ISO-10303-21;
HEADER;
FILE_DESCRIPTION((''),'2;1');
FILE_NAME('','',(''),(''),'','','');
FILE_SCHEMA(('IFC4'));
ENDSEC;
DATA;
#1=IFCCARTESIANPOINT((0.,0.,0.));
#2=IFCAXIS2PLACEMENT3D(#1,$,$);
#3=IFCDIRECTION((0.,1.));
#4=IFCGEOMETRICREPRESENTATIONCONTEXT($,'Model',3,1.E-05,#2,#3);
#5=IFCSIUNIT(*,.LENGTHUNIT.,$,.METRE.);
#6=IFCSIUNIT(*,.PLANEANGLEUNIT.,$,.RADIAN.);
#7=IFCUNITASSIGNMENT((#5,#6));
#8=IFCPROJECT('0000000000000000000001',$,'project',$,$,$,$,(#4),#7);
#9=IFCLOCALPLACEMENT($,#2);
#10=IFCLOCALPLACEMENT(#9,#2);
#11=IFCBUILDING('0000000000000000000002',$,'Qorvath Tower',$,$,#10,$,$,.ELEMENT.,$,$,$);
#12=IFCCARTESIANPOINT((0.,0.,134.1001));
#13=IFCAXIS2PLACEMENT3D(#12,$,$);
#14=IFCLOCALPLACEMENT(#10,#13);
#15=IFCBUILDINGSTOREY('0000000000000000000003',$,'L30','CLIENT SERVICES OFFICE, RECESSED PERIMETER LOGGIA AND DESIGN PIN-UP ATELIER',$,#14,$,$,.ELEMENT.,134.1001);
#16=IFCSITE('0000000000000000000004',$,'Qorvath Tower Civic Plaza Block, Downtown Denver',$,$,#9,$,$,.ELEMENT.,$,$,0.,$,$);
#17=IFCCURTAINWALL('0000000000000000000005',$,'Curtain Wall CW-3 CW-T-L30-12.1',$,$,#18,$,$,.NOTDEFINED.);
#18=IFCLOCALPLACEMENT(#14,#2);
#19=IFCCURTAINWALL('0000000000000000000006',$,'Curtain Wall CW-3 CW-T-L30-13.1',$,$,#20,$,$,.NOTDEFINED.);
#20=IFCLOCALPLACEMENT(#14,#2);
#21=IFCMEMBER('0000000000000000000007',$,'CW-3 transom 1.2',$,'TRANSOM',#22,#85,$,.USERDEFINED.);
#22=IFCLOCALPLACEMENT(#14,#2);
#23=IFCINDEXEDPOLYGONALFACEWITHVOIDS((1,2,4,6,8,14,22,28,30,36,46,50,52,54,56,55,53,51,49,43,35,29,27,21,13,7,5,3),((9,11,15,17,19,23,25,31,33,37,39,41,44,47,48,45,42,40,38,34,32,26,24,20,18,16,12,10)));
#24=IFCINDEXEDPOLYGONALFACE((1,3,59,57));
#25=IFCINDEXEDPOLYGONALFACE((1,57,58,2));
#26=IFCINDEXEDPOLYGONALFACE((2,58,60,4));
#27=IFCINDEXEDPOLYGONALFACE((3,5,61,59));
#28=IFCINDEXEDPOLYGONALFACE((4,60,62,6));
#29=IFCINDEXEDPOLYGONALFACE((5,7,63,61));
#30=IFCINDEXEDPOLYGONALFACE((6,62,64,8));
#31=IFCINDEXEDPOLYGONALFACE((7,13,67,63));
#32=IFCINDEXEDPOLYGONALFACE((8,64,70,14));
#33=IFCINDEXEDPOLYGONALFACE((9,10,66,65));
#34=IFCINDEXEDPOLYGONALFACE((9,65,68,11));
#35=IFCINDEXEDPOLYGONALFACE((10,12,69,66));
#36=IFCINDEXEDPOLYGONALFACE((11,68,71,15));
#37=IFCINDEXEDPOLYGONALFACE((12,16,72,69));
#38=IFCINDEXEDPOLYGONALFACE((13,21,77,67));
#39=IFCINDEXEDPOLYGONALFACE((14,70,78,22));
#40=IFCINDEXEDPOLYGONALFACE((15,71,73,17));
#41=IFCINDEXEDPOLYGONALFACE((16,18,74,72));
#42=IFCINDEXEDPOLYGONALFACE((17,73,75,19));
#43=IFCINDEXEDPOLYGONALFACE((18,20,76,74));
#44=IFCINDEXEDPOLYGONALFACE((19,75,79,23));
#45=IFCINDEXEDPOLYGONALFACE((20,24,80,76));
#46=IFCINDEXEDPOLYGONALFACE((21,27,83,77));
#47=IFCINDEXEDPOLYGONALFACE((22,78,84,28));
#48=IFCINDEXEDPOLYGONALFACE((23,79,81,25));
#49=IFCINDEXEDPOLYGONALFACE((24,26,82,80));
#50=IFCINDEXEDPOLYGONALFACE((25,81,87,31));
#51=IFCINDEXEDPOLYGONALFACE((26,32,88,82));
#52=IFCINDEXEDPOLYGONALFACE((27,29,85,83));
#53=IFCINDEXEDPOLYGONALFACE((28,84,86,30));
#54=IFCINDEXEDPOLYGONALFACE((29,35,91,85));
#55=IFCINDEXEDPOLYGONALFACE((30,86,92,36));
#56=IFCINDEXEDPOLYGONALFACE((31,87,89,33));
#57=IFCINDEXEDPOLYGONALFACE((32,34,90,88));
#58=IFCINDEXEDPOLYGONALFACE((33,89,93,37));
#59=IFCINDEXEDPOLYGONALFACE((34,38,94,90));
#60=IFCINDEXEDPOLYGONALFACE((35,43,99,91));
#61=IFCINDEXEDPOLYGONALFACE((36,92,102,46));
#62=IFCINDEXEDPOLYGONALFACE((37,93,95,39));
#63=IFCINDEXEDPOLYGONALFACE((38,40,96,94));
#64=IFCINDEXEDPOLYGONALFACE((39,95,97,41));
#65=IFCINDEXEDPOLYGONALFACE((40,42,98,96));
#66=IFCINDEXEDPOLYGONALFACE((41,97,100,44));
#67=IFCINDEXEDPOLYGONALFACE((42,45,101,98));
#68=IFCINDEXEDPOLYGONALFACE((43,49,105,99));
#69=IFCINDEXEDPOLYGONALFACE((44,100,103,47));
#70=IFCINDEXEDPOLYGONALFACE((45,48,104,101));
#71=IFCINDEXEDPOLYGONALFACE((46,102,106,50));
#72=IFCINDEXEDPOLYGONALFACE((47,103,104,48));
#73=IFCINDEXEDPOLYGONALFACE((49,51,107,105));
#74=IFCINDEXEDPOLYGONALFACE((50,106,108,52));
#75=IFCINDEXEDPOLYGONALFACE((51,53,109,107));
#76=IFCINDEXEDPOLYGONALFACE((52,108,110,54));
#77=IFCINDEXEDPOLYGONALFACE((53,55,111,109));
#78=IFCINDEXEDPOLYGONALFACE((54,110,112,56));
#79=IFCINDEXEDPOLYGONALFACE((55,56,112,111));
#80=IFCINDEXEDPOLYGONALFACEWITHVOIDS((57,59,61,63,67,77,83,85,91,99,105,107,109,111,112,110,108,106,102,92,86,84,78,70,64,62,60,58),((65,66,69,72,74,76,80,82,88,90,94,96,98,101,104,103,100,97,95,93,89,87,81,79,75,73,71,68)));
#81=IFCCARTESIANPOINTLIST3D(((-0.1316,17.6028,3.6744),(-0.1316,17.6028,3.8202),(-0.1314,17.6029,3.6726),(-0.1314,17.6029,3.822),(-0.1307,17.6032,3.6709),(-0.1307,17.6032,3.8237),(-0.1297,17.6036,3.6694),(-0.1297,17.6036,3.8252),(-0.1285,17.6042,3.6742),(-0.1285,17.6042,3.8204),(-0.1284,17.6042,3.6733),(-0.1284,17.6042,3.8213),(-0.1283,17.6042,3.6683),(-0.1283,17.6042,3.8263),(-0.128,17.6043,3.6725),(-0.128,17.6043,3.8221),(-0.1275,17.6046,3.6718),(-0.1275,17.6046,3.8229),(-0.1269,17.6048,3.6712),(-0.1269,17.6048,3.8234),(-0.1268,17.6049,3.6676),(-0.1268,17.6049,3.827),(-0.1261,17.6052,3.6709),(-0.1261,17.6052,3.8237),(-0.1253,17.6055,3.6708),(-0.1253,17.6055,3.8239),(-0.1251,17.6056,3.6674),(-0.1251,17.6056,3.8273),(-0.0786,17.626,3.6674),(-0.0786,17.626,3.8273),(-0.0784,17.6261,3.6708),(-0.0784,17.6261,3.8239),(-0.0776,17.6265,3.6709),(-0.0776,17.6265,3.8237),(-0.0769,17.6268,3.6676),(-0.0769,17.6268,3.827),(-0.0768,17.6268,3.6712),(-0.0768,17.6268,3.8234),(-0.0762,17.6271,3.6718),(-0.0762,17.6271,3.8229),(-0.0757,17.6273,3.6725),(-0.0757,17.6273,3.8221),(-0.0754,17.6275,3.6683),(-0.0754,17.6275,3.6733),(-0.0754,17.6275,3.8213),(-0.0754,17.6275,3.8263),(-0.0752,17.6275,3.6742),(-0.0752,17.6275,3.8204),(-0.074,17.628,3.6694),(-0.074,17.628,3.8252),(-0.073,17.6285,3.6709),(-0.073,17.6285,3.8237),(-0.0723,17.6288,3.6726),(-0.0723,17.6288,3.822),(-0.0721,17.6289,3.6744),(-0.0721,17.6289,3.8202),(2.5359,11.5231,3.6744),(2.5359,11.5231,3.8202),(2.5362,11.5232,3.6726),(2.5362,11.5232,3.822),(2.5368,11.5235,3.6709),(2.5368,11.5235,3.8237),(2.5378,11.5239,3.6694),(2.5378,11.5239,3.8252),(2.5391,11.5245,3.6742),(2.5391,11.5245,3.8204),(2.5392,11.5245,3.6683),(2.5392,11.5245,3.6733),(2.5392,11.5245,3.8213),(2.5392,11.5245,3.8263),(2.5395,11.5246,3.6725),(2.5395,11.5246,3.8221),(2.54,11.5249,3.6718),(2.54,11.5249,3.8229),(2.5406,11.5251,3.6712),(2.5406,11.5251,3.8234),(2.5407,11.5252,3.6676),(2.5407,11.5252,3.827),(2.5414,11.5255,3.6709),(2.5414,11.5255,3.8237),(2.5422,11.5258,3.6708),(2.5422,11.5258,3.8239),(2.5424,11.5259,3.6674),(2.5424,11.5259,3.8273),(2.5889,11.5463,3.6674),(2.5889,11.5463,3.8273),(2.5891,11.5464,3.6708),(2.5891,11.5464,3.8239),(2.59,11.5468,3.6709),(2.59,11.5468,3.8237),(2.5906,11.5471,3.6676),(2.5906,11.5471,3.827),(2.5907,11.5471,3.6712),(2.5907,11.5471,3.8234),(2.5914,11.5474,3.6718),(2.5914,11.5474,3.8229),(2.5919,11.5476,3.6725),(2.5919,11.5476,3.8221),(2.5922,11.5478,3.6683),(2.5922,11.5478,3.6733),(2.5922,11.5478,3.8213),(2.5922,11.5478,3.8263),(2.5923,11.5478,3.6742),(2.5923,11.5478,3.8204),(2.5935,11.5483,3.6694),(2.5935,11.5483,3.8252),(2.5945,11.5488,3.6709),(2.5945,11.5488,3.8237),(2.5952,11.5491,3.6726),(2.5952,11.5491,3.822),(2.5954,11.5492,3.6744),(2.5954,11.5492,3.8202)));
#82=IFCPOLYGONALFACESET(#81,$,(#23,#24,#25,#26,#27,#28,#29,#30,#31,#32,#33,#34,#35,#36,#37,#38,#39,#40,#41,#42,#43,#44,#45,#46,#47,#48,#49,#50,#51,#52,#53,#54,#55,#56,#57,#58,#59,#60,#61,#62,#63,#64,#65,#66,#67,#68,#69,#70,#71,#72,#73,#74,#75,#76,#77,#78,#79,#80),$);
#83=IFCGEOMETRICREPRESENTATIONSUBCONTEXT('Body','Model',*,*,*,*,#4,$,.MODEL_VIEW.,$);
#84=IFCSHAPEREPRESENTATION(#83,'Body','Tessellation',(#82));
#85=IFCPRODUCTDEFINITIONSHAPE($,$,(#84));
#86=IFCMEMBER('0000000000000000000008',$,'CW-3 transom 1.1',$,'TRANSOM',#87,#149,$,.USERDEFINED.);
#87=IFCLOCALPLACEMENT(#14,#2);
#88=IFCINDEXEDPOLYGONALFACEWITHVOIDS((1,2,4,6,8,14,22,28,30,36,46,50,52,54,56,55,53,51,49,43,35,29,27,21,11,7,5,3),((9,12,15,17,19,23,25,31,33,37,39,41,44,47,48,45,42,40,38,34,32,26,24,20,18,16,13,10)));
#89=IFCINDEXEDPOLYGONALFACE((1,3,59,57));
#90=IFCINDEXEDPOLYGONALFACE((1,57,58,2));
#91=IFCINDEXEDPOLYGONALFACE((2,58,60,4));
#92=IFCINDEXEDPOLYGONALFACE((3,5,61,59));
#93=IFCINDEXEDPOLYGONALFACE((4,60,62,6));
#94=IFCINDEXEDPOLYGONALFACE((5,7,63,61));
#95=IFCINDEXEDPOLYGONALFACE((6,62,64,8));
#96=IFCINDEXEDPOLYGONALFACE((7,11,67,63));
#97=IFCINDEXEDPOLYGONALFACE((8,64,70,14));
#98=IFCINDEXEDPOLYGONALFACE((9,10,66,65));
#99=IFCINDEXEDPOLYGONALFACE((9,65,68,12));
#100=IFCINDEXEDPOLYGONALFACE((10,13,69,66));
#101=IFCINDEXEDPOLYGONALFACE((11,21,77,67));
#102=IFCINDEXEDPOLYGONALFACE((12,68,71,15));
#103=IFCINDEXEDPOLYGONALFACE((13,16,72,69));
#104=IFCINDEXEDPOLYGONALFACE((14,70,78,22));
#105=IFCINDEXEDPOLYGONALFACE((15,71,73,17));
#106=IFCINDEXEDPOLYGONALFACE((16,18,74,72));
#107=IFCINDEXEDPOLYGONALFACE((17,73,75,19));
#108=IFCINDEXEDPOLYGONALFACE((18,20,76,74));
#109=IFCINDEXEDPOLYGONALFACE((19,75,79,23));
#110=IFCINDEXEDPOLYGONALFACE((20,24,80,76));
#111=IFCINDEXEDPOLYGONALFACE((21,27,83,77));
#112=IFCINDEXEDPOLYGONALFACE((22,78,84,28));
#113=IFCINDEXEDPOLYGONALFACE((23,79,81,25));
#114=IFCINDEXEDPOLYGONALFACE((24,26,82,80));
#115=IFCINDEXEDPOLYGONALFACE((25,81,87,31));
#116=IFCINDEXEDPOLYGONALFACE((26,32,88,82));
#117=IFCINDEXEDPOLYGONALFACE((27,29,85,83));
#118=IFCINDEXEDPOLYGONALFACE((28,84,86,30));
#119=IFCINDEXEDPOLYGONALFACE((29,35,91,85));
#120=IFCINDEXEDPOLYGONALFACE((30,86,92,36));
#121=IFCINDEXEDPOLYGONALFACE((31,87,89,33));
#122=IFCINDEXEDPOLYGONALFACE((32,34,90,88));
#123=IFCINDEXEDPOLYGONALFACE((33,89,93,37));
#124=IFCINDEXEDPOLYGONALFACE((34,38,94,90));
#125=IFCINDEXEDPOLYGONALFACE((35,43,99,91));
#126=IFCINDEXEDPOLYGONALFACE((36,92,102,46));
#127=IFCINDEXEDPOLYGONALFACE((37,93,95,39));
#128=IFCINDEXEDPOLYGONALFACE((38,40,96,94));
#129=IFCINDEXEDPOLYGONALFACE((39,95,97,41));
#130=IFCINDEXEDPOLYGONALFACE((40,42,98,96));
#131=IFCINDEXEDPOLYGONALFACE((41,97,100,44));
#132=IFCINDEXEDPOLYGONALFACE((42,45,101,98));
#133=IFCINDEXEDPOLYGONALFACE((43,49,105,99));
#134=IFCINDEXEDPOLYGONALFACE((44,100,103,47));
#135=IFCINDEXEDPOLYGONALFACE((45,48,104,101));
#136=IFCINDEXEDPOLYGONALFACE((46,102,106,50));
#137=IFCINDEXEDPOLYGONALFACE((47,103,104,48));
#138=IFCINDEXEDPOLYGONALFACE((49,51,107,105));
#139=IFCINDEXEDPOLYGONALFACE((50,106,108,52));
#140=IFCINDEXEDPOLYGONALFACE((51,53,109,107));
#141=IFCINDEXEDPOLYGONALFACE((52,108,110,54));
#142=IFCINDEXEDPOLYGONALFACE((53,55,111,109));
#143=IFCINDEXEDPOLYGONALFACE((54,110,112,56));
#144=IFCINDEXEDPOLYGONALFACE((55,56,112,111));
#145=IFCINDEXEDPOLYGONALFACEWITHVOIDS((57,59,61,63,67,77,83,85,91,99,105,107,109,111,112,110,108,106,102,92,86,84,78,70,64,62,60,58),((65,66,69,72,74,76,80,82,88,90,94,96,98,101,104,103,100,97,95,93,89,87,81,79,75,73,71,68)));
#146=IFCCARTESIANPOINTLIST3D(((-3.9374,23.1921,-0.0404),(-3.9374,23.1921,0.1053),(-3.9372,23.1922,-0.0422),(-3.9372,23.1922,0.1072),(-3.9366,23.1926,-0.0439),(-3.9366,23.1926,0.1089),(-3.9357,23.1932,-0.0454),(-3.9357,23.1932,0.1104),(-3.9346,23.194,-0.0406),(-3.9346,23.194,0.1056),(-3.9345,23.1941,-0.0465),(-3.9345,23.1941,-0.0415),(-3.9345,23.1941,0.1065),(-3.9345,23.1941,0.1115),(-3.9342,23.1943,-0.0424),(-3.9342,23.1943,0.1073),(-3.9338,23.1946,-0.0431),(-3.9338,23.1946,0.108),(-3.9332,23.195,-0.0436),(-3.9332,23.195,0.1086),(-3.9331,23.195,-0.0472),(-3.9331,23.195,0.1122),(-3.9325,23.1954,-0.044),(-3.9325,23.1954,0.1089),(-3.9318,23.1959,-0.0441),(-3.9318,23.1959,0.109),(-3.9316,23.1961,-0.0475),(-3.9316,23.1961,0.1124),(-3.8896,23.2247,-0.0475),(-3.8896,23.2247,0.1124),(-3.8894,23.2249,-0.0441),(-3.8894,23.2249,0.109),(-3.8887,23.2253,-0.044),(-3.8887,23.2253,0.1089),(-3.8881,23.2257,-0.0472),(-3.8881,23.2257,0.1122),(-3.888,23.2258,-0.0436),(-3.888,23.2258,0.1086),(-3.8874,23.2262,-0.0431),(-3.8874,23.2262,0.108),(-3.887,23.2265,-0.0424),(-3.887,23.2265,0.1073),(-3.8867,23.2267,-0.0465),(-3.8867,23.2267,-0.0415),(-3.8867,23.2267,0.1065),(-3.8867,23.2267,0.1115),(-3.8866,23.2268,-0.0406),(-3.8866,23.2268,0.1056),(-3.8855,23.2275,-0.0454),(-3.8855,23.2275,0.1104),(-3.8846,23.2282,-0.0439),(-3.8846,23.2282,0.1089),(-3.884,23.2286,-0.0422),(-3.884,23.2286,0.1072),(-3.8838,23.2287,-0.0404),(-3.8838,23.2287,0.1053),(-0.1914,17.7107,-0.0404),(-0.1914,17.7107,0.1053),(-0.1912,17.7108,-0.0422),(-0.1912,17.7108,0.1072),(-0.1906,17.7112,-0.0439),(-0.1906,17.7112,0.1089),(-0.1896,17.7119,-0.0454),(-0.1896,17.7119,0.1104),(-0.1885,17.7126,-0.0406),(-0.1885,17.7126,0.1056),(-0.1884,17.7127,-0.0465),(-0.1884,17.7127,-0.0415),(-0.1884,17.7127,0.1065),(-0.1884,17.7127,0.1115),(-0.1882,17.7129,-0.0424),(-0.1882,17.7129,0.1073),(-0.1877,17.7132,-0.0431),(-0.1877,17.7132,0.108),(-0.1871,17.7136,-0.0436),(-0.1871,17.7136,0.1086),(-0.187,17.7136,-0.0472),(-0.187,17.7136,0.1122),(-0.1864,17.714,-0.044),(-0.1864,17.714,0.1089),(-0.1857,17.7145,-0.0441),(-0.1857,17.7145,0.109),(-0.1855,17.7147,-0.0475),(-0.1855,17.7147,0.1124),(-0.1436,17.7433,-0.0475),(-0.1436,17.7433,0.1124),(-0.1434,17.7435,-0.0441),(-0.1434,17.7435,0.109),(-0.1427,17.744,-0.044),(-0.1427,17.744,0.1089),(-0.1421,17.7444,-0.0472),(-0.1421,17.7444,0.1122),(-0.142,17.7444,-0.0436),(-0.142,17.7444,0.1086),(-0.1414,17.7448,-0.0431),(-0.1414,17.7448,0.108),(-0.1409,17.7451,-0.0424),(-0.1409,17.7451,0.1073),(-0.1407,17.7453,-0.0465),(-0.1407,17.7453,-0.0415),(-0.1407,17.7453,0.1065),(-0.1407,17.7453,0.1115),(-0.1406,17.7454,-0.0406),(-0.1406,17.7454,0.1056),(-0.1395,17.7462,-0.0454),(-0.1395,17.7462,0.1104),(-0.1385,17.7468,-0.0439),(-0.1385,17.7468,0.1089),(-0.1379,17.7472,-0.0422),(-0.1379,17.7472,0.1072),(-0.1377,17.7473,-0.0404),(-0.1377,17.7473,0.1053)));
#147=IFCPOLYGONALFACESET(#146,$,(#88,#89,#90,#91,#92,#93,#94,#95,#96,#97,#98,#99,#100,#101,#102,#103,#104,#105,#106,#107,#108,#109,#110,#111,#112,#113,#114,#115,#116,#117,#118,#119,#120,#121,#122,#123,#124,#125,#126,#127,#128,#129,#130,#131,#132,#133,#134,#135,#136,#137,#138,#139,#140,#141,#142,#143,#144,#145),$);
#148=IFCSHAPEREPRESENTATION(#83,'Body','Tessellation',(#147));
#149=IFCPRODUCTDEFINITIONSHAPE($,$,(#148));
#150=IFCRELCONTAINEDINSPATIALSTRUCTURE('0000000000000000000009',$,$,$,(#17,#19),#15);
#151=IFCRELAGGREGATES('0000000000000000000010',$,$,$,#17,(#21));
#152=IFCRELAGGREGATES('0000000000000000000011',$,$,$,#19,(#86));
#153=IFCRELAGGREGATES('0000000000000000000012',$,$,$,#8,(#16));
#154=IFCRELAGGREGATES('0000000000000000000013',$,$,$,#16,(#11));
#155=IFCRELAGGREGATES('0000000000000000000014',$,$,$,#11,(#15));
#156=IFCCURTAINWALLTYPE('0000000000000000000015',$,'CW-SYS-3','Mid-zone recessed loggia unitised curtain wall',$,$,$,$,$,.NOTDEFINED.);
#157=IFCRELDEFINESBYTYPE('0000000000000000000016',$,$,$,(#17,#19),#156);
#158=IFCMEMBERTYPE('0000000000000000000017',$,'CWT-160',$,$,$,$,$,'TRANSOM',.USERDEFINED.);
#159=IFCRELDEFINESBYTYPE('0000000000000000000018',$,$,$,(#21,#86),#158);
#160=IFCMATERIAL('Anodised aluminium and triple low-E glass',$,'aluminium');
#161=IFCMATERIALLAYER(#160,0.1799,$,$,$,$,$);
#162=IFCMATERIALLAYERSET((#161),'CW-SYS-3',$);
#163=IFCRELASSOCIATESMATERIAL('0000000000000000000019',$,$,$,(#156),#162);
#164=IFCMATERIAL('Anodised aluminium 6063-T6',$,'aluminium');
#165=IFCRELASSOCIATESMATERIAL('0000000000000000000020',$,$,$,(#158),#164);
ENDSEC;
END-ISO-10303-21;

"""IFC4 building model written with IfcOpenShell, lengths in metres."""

from ifc_helpers import new_model, si_unit, direction, frame, origin, origin_2d, place, context, subcontext, project, spatial, hollow_rectangle, extrude, material, layer, layer_set, material_profile, profile_set, type_object, element, aggregate, save


model = new_model("IFC4")

# Units and contexts
model_context = context("Model", 3, precision=1e-05, world=origin(), true_north=direction((0.0, 1.0)))
body_context = subcontext(model_context, "Body", "Model", "MODEL_VIEW")
ifc_project = project(units=[si_unit("LENGTHUNIT", "METRE"), si_unit("PLANEANGLEUNIT", "RADIAN")], contexts=[model_context])

# Site, building, storey
site_placement = place(None, origin())
site = spatial("IfcSite", under=ifc_project, at=site_placement, Name="Qorvath Tower Civic Plaza Block, Downtown Denver", CompositionType="ELEMENT", RefElevation=0.0)
building_placement = place(site_placement, origin())
building = spatial("IfcBuilding", under=site, at=building_placement, Name="Qorvath Tower", CompositionType="ELEMENT")
storey_placement = place(building_placement, frame((0.0, 0.0, 134.1001)))
storey = spatial("IfcBuildingStorey", under=building, at=storey_placement, Name="L30", Description="CLIENT SERVICES OFFICE, RECESSED PERIMETER LOGGIA AND DESIGN PIN-UP ATELIER", CompositionType="ELEMENT", Elevation=134.1001)

# Shared definitions
ifc_material_1 = material(Name="Anodised aluminium and triple low-E glass", Category="aluminium")
ifc_layer_1 = layer(ifc_material_1, 0.1799)
ifc_layer_set_1 = layer_set([ifc_layer_1], Name="CW-SYS-3")
curtain_wall_type = type_object("IfcCurtainWallType", Name="CW-SYS-3", Description="Mid-zone recessed loggia unitised curtain wall", PredefinedType="NOTDEFINED", material=ifc_layer_set_1)

# Curtain walls
curtain_wall_1_placement = place(storey_placement, origin())
curtain_wall_1 = element("IfcCurtainWall", 1, at=curtain_wall_1_placement, inside=storey, type_object=curtain_wall_type, Name="Curtain Wall CW-3 CW-T-L30-12.1", PredefinedType="NOTDEFINED")
curtain_wall_2_placement = place(storey_placement, origin())
curtain_wall_2 = element("IfcCurtainWall", 2, at=curtain_wall_2_placement, inside=storey, type_object=curtain_wall_type, Name="Curtain Wall CW-3 CW-T-L30-13.1", PredefinedType="NOTDEFINED")

# Members
ifc_material_2 = material(Name="Anodised aluminium 6063-T6", Category="aluminium")
ifc_material_profile_1 = material_profile(ifc_material_2, hollow_rectangle(XDim=0.0649, YDim=0.1599, WallThickness=0.0034, InnerFilletRadius=0.0034, OuterFilletRadius=0.0071, at=origin_2d()), Name="CWT 160x65")
ifc_profile_set_1 = profile_set([ifc_material_profile_1], Name="Anodised aluminium 6063-T6")
member_type_1 = type_object("IfcMemberType", Name="CWT-160", ElementType="TRANSOM", PredefinedType="USERDEFINED", material=ifc_profile_set_1)
member_1_placement = place(storey_placement, frame((2.5657, 11.5361, 3.7473), z_axis=(-0.401787, 0.915733, 0.0), x_axis=(-0.915733, -0.401787, 0.0)))
member_1 = element("IfcMember", 3, at=member_1_placement, type_object=member_type_1, Name="CW-3 transom 1.2", ObjectType="TRANSOM", PredefinedType="USERDEFINED", context=body_context, shape_type="SweptSolid", body=[
    extrude(hollow_rectangle(XDim=0.0649, YDim=0.1599, WallThickness=0.0034, InnerFilletRadius=0.0034, OuterFilletRadius=0.0071, at=origin_2d()), origin(), (0.0, 0.0, 1.0), 6.6392),
])
member_2_placement = place(storey_placement, frame((-0.1646, 17.729, 0.0325), z_axis=(-0.564236, 0.825614, 0.0), x_axis=(-0.825614, -0.564236, 0.0)))
member_2 = element("IfcMember", 4, at=member_2_placement, type_object=member_type_1, Name="CW-3 transom 1.1", ObjectType="TRANSOM", PredefinedType="USERDEFINED", context=body_context, shape_type="SweptSolid", body=[
    extrude(hollow_rectangle(XDim=0.0649, YDim=0.1599, WallThickness=0.0034, InnerFilletRadius=0.0034, OuterFilletRadius=0.0071, at=origin_2d()), origin(), (0.0, 0.0, 1.0), 6.6392),
])

aggregate(curtain_wall_1, [member_1])
aggregate(curtain_wall_2, [member_2])

save(model, "model.ifc")
